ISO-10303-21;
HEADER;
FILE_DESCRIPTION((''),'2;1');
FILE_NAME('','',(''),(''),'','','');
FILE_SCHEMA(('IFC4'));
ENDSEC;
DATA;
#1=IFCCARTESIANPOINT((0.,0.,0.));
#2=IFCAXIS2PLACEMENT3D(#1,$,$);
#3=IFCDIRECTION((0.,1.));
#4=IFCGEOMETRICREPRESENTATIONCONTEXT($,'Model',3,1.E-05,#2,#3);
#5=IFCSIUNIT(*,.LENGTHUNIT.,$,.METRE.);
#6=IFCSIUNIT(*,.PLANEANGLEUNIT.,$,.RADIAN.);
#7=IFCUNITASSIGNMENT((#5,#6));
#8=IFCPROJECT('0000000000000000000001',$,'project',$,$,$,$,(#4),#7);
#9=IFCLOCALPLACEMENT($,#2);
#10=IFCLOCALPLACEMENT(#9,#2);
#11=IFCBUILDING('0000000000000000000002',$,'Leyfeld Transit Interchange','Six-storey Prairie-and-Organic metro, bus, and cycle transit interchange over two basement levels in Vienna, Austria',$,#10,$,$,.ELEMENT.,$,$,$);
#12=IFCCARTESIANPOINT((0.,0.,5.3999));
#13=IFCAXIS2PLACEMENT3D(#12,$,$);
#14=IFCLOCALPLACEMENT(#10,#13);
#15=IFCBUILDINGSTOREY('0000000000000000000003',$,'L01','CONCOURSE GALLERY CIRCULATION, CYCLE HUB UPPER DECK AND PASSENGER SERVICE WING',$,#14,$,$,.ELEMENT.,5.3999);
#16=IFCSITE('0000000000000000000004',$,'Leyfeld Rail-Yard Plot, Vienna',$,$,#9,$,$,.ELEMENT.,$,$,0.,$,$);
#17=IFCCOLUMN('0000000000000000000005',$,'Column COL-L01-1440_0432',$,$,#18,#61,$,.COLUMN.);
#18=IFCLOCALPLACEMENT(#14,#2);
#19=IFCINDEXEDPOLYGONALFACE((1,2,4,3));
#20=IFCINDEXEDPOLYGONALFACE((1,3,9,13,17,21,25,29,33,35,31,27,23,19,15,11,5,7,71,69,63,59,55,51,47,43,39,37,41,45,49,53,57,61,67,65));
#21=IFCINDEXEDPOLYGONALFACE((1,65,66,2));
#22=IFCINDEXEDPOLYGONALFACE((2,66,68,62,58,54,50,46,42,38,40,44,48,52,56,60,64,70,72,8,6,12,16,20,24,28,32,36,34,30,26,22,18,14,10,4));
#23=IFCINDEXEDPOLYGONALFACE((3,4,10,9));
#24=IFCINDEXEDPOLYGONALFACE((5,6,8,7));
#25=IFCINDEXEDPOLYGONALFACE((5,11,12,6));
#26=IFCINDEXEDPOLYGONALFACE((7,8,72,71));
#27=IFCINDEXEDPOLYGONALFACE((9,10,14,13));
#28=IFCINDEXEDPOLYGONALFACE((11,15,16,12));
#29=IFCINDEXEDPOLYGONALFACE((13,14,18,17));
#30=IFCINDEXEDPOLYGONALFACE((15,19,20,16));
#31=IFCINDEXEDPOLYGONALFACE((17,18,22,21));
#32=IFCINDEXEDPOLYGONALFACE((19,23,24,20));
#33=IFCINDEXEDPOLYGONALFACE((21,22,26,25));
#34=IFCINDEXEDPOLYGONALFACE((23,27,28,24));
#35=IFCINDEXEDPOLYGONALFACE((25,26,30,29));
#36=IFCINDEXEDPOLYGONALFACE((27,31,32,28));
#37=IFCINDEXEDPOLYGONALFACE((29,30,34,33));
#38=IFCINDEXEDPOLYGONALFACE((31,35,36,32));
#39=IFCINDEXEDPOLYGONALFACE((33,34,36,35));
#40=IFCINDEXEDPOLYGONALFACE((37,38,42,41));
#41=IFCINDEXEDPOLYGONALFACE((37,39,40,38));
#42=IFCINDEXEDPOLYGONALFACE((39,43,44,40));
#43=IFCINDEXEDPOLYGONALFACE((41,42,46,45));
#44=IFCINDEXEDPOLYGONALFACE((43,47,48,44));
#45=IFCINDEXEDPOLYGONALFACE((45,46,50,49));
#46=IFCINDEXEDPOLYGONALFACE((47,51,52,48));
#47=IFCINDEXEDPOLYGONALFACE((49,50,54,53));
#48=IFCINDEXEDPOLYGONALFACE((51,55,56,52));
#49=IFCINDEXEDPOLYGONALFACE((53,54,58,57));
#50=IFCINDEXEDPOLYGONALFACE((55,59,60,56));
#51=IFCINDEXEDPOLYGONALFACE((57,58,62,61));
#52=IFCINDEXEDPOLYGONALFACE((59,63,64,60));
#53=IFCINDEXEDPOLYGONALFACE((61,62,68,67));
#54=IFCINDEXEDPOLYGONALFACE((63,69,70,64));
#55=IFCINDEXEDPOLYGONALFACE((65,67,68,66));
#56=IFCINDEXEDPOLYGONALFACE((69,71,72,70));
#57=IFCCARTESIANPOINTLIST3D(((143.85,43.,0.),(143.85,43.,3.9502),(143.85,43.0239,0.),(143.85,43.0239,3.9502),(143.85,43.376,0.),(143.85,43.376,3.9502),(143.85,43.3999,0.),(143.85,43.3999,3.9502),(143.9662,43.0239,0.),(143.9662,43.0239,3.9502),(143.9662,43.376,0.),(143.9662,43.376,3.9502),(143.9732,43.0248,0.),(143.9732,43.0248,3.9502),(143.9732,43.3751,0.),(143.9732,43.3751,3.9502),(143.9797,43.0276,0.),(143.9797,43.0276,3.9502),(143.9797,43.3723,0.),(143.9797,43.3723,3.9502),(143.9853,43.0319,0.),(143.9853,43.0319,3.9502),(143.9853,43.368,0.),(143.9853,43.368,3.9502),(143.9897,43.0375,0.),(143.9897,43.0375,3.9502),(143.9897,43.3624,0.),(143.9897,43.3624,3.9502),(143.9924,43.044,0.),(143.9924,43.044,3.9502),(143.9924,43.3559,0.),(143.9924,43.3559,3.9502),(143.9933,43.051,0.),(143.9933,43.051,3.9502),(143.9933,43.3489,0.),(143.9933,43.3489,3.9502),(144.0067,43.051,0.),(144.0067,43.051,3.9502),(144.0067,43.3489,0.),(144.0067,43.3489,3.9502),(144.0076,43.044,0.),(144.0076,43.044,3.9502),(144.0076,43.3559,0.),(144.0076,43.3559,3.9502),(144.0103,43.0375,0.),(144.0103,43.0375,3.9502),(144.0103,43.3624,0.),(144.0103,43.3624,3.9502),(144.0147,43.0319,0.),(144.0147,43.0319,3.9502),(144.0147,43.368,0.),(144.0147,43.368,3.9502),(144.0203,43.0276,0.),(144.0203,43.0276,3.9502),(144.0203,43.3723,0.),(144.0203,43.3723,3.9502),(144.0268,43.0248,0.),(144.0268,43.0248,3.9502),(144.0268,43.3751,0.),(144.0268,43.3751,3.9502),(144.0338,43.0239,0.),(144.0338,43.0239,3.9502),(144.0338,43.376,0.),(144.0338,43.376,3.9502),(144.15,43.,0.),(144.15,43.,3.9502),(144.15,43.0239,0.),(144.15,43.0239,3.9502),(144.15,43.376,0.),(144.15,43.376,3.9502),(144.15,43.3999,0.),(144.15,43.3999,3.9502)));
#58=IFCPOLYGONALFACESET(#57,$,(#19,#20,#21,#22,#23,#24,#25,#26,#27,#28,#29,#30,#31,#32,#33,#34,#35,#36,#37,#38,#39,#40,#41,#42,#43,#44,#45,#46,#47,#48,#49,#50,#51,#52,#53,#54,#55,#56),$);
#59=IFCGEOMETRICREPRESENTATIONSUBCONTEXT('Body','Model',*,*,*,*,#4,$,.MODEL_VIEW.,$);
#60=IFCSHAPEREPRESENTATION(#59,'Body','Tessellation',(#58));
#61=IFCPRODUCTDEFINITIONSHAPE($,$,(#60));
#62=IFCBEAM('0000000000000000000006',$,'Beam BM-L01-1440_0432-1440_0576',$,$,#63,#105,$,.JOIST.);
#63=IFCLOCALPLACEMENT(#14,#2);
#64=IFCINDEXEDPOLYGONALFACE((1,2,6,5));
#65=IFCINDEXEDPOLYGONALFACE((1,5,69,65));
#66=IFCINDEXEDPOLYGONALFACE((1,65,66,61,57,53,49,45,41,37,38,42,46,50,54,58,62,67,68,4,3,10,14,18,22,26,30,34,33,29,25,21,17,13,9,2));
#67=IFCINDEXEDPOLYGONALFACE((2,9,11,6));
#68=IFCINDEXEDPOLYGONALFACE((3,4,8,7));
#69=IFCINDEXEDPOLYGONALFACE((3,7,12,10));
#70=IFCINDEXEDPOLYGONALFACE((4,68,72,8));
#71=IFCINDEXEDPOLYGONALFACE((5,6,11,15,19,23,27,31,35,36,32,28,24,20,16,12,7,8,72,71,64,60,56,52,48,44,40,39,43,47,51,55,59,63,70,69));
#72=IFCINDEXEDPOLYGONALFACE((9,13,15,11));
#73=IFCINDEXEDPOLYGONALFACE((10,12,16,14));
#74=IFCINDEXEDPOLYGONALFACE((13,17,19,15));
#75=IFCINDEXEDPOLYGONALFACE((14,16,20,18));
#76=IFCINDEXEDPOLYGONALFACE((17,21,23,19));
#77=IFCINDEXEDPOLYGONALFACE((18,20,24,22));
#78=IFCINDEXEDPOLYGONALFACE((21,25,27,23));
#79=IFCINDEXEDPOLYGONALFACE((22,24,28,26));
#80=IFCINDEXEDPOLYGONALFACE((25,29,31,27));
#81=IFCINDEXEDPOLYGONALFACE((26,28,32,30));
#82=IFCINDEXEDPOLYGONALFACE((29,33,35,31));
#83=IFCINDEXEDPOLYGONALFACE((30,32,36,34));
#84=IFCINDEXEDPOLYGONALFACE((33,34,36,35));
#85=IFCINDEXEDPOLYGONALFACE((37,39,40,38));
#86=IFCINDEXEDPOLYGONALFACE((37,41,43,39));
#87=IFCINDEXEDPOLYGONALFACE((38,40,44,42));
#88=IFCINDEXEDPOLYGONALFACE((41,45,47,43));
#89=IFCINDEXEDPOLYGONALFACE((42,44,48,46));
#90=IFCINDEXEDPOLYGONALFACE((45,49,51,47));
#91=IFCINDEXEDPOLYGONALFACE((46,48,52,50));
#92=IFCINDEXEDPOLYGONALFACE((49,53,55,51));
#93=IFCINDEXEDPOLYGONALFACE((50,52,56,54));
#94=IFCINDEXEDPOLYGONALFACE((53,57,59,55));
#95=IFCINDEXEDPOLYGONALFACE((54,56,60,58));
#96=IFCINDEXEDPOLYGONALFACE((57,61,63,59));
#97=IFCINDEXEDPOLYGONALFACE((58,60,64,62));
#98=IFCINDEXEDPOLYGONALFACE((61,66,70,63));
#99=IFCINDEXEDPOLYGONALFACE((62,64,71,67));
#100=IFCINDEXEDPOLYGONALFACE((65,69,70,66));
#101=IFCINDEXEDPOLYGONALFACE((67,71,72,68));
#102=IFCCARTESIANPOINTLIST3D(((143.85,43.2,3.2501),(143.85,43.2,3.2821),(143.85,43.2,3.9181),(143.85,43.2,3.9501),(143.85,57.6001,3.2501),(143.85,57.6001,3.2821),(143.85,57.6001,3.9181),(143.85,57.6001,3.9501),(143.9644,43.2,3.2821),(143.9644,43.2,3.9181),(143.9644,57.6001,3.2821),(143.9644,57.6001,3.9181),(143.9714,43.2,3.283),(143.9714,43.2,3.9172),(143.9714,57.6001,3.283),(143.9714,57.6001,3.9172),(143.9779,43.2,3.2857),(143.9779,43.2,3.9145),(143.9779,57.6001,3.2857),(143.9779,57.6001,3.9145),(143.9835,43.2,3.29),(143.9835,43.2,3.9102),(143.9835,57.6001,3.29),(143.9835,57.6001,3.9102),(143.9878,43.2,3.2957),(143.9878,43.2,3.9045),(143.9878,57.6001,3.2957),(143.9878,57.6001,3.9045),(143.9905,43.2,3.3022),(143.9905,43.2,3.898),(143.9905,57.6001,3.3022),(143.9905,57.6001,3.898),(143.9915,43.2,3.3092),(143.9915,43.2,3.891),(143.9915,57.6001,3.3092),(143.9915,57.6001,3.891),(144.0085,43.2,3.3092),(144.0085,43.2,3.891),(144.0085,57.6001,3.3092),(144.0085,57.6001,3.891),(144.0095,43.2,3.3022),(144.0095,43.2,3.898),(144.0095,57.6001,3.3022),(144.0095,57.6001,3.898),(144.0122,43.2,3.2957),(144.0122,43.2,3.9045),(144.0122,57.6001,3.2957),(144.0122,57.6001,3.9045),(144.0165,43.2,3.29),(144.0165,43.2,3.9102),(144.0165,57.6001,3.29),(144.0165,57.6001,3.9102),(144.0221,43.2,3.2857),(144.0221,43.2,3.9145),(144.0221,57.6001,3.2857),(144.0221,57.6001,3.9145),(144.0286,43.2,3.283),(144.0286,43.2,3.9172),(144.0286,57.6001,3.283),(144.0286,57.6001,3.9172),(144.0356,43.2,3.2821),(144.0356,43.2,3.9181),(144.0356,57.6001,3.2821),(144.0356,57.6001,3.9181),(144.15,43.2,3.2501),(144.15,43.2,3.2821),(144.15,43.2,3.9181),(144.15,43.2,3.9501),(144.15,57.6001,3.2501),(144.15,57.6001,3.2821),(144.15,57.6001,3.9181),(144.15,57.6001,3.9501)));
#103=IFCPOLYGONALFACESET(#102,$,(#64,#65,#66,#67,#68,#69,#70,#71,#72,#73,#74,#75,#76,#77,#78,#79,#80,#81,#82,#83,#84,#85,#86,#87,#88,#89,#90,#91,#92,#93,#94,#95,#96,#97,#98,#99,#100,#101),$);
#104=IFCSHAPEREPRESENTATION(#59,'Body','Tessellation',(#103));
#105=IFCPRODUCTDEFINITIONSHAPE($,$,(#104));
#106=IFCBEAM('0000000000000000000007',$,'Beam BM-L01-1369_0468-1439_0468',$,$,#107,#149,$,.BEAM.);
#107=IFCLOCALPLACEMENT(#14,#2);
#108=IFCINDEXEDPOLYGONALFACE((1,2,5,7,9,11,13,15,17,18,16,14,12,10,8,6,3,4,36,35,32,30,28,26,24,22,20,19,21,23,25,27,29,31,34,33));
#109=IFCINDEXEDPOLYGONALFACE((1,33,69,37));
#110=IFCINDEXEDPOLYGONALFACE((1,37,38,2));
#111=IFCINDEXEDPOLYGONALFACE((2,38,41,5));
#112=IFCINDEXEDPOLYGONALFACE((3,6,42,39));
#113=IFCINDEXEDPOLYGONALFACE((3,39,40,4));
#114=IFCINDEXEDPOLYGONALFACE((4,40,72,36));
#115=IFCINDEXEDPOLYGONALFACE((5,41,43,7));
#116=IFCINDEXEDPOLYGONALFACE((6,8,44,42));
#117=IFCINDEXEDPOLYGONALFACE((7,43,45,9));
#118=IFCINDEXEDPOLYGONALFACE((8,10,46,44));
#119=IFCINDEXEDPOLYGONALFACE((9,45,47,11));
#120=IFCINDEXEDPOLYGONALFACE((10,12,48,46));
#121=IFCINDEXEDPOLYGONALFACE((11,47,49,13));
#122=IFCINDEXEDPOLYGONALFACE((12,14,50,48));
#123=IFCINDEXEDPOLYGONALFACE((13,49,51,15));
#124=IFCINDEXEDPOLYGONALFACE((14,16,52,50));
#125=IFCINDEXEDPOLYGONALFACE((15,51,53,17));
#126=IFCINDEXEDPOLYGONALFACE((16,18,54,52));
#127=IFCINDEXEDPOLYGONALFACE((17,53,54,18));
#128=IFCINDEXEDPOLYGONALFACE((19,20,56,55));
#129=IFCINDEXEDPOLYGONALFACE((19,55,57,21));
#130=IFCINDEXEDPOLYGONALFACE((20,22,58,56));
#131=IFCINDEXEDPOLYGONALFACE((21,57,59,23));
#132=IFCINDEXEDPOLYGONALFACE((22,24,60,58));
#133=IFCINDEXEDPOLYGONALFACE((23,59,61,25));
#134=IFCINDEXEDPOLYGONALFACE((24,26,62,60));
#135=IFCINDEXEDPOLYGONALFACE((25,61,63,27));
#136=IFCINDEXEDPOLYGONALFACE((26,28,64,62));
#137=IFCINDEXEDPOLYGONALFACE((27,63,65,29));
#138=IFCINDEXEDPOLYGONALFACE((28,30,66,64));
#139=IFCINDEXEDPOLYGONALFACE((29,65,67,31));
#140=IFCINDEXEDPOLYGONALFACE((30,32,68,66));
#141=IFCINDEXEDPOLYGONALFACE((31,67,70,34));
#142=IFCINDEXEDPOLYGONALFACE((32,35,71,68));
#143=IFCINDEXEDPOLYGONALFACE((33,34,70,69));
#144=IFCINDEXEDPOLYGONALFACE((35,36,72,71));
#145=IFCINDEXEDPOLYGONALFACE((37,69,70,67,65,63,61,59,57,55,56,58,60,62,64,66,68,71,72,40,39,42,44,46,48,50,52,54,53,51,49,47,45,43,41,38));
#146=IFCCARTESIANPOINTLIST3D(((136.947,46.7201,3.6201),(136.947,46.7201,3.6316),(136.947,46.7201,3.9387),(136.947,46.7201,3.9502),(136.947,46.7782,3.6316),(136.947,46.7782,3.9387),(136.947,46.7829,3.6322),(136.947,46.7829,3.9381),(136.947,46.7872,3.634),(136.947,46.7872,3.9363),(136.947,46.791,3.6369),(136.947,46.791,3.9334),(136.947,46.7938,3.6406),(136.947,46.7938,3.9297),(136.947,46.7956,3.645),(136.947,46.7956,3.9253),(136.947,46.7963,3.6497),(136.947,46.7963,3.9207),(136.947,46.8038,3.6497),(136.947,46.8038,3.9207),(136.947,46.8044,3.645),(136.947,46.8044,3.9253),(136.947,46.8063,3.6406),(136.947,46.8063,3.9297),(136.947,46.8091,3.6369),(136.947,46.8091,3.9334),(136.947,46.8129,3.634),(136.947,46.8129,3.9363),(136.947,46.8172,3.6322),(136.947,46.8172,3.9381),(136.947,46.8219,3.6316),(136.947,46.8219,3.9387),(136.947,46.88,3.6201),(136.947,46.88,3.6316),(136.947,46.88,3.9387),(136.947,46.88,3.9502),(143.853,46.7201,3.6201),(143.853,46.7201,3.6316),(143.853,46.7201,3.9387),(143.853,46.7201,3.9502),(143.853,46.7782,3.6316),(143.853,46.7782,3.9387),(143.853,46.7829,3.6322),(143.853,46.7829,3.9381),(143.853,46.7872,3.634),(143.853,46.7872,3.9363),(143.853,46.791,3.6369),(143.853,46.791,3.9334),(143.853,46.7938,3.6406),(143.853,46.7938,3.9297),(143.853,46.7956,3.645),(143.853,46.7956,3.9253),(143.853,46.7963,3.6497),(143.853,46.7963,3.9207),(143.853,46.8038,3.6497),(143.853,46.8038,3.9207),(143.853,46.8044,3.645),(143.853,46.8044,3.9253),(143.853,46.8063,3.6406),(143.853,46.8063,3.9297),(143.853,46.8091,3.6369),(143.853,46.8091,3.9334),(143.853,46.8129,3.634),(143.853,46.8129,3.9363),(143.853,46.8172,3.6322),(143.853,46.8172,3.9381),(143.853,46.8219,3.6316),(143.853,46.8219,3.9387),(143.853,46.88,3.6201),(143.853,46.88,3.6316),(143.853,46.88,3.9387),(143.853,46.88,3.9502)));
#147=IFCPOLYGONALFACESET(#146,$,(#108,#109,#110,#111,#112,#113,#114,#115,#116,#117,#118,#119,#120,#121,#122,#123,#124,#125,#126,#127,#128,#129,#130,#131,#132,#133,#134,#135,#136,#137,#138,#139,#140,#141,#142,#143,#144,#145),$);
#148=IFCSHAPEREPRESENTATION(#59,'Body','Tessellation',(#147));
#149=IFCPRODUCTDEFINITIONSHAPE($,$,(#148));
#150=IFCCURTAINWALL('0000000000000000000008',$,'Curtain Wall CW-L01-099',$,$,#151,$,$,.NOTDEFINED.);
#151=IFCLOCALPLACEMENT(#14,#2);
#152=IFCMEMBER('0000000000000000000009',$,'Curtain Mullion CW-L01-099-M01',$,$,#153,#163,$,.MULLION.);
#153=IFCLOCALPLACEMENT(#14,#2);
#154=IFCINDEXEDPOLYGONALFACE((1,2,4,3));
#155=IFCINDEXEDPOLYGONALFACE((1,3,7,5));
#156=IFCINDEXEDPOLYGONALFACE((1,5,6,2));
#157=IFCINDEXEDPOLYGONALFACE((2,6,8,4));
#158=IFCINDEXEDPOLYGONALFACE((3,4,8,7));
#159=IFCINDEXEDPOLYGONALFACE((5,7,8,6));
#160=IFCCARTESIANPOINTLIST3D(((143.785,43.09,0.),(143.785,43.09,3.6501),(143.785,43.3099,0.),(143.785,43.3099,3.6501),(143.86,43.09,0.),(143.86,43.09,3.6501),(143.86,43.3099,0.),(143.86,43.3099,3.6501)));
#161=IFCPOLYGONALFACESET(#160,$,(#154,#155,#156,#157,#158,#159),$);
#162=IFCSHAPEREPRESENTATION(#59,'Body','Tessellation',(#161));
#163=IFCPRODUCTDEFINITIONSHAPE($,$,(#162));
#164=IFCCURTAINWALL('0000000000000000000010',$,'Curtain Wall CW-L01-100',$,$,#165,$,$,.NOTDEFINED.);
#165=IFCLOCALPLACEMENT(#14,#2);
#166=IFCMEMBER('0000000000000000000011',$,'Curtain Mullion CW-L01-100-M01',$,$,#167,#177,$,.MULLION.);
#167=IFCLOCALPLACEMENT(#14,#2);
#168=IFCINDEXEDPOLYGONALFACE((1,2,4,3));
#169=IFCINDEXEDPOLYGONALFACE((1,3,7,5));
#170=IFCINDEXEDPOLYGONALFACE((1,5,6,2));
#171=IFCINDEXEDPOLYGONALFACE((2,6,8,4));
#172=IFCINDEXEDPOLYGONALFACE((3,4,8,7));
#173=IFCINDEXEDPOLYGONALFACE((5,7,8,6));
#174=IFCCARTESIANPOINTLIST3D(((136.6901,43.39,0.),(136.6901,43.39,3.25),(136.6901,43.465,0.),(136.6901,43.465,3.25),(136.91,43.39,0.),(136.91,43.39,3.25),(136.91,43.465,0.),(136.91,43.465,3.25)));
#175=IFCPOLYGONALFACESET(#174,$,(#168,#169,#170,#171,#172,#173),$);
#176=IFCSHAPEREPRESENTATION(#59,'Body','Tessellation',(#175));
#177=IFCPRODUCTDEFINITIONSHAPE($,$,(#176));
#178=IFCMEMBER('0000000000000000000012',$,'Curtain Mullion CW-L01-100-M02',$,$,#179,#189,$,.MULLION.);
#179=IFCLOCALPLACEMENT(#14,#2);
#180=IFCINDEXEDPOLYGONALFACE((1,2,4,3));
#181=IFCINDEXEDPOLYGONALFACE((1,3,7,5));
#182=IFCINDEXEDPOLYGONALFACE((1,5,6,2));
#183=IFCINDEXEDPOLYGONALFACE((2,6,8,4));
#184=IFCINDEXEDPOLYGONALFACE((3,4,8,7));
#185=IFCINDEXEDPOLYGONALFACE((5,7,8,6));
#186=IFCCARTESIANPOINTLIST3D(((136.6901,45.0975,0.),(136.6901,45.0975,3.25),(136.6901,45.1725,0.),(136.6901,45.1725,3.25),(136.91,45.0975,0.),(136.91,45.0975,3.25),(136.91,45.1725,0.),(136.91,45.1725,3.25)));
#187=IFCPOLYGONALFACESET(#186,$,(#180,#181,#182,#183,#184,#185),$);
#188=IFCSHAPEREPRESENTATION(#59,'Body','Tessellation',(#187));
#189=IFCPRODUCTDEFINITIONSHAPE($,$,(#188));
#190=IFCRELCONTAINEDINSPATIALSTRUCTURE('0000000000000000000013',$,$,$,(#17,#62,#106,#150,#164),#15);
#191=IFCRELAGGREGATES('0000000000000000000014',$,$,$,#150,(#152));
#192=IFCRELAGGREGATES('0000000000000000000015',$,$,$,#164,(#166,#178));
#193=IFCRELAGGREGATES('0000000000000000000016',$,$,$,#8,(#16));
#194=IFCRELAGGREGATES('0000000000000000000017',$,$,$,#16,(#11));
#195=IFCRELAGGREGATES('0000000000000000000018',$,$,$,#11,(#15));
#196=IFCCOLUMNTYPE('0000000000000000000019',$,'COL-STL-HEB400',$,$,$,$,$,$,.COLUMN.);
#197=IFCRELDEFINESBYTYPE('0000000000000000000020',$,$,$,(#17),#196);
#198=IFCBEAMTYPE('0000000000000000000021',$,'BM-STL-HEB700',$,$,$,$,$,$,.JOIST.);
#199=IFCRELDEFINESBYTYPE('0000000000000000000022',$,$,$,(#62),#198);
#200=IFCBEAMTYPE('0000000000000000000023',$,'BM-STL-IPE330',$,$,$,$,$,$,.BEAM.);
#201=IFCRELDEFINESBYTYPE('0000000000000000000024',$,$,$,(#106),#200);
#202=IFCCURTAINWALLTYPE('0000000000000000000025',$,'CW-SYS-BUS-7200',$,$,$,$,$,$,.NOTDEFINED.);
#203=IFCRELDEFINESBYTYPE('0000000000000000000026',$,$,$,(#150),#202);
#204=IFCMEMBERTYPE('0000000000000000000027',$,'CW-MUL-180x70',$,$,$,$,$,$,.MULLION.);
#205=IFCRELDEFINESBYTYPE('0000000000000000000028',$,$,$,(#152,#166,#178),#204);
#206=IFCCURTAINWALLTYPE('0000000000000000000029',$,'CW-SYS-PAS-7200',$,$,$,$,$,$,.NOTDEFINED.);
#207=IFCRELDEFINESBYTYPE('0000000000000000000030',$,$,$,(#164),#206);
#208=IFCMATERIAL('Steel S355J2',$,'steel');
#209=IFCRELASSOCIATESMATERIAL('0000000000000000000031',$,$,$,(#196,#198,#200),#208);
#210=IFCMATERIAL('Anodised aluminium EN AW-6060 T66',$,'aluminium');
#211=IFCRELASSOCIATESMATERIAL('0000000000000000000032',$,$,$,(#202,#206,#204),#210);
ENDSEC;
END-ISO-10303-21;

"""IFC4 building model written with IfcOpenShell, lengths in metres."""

from ifc_helpers import new_model, si_unit, direction, frame, origin, origin_2d, place, context, subcontext, project, spatial, rectangle, i_section, extrude, material, material_profile, profile_set, type_object, element, aggregate, save


model = new_model("IFC4")

# Units and contexts
model_context = context("Model", 3, precision=1e-05, world=origin(), true_north=direction((0.0, 1.0)))
body_context = subcontext(model_context, "Body", "Model", "MODEL_VIEW")
ifc_project = project(units=[si_unit("LENGTHUNIT", "METRE"), si_unit("PLANEANGLEUNIT", "RADIAN")], contexts=[model_context])

# Site, building, storey
site_placement = place(None, origin())
site = spatial("IfcSite", under=ifc_project, at=site_placement, Name="Leyfeld Rail-Yard Plot, Vienna", CompositionType="ELEMENT", RefElevation=0.0)
building_placement = place(site_placement, origin())
building = spatial("IfcBuilding", under=site, at=building_placement, Name="Leyfeld Transit Interchange", Description="Six-storey Prairie-and-Organic metro, bus, and cycle transit interchange over two basement levels in Vienna, Austria", CompositionType="ELEMENT")
storey_placement = place(building_placement, frame((0.0, 0.0, 5.3999)))
storey = spatial("IfcBuildingStorey", under=building, at=storey_placement, Name="L01", Description="CONCOURSE GALLERY CIRCULATION, CYCLE HUB UPPER DECK AND PASSENGER SERVICE WING", CompositionType="ELEMENT", Elevation=5.3999)

# Column
ifc_material_1 = material(Name="Steel S355J2", Category="steel")
ifc_material_profile_1 = material_profile(ifc_material_1, i_section(OverallWidth=0.3, OverallDepth=0.3999, WebThickness=0.0134, FlangeThickness=0.0239, FilletRadius=0.0271, at=origin_2d()), Name="HEB 400")
ifc_profile_set_1 = profile_set([ifc_material_profile_1], Name="Steel S355J2")
column_type = type_object("IfcColumnType", Name="COL-STL-HEB400", PredefinedType="COLUMN", material=ifc_profile_set_1)
column_placement = place(storey_placement, frame((144.0, 43.2, 0.0), z_axis=(0.0, 0.0, 1.0), x_axis=(1.0, 0.0, 0.0)))
element("IfcColumn", 1, at=column_placement, inside=storey, type_object=column_type, Name="Column COL-L01-1440_0432", PredefinedType="COLUMN", context=body_context, shape_type="SweptSolid", body=[
    extrude(i_section(OverallWidth=0.3, OverallDepth=0.3999, WebThickness=0.0134, FlangeThickness=0.0239, FilletRadius=0.0271, at=origin_2d()), origin(), (0.0, 0.0, 1.0), 3.9502),
])

# Beams
ifc_material_profile_2 = material_profile(ifc_material_1, i_section(OverallWidth=0.3, OverallDepth=0.7, WebThickness=0.0171, FlangeThickness=0.032, FilletRadius=0.0271, at=origin_2d()), Name="HEB 700")
ifc_profile_set_2 = profile_set([ifc_material_profile_2], Name="Steel S355J2")
beam_type_1 = type_object("IfcBeamType", Name="BM-STL-HEB700", PredefinedType="JOIST", material=ifc_profile_set_2)
beam_1_placement = place(storey_placement, frame((144.0, 43.2, 3.6001), z_axis=(0.0, 1.0, 0.0), x_axis=(-1.0, 0.0, 0.0)))
element("IfcBeam", 2, at=beam_1_placement, inside=storey, type_object=beam_type_1, Name="Beam BM-L01-1440_0432-1440_0576", PredefinedType="JOIST", context=body_context, shape_type="SweptSolid", body=[
    extrude(i_section(OverallWidth=0.3, OverallDepth=0.7, WebThickness=0.0171, FlangeThickness=0.032, FilletRadius=0.0271, at=origin_2d()), origin(), (0.0, 0.0, 1.0), 14.4001),
])
ifc_material_profile_3 = material_profile(ifc_material_1, i_section(OverallWidth=0.1599, OverallDepth=0.3301, WebThickness=0.0076, FlangeThickness=0.0115, FilletRadius=0.0181, at=origin_2d()), Name="IPE 330")
ifc_profile_set_3 = profile_set([ifc_material_profile_3], Name="Steel S355J2")
beam_type_2 = type_object("IfcBeamType", Name="BM-STL-IPE330", PredefinedType="BEAM", material=ifc_profile_set_3)
beam_2_placement = place(storey_placement, frame((136.947, 46.8, 3.7852), z_axis=(1.0, 0.0, 0.0), x_axis=(0.0, 1.0, 0.0)))
element("IfcBeam", 3, at=beam_2_placement, inside=storey, type_object=beam_type_2, Name="Beam BM-L01-1369_0468-1439_0468", PredefinedType="BEAM", context=body_context, shape_type="SweptSolid", body=[
    extrude(i_section(OverallWidth=0.1599, OverallDepth=0.3301, WebThickness=0.0076, FlangeThickness=0.0115, FilletRadius=0.0181, at=origin_2d()), origin(), (0.0, 0.0, 1.0), 6.906),
])

# Curtain wall, member
ifc_material_2 = material(Name="Anodised aluminium EN AW-6060 T66", Category="aluminium")
curtain_wall_type_1 = type_object("IfcCurtainWallType", Name="CW-SYS-BUS-7200", PredefinedType="NOTDEFINED", material=ifc_material_2)
curtain_wall_1_placement = place(storey_placement, origin())
curtain_wall_1 = element("IfcCurtainWall", 4, at=curtain_wall_1_placement, inside=storey, type_object=curtain_wall_type_1, Name="Curtain Wall CW-L01-099", PredefinedType="NOTDEFINED")
ifc_material_profile_4 = material_profile(ifc_material_2, rectangle(XDim=0.075, YDim=0.22, at=origin_2d()), Name="CW-M 75x220")
ifc_profile_set_4 = profile_set([ifc_material_profile_4], Name="Anodised aluminium EN AW-6060 T66")
member_type_1 = type_object("IfcMemberType", Name="CW-MUL-180x70", PredefinedType="MULLION", material=ifc_profile_set_4)
member_1_placement = place(storey_placement, frame((143.8225, 43.2, 0.0), z_axis=(0.0, 0.0, 1.0), x_axis=(-1.0, 0.0, 0.0)))
member_1 = element("IfcMember", 5, at=member_1_placement, type_object=member_type_1, Name="Curtain Mullion CW-L01-099-M01", PredefinedType="MULLION", context=body_context, shape_type="SweptSolid", body=[
    extrude(rectangle(XDim=0.075, YDim=0.22, at=origin_2d()), origin(), (0.0, 0.0, 1.0), 3.6501),
])

# Curtain wall, members
curtain_wall_type_2 = type_object("IfcCurtainWallType", Name="CW-SYS-PAS-7200", PredefinedType="NOTDEFINED", material=ifc_material_2)
curtain_wall_2_placement = place(storey_placement, origin())
curtain_wall_2 = element("IfcCurtainWall", 6, at=curtain_wall_2_placement, inside=storey, type_object=curtain_wall_type_2, Name="Curtain Wall CW-L01-100", PredefinedType="NOTDEFINED")
member_2_placement = place(storey_placement, frame((136.8, 43.4275, 0.0), z_axis=(0.0, 0.0, 1.0), x_axis=(0.0, 1.0, 0.0)))
member_2 = element("IfcMember", 7, at=member_2_placement, type_object=member_type_1, Name="Curtain Mullion CW-L01-100-M01", PredefinedType="MULLION", context=body_context, shape_type="SweptSolid", body=[
    extrude(rectangle(XDim=0.075, YDim=0.22, at=origin_2d()), origin(), (0.0, 0.0, 1.0), 3.25),
])
member_3_placement = place(storey_placement, frame((136.8, 45.135, 0.0), z_axis=(0.0, 0.0, 1.0), x_axis=(0.0, 1.0, 0.0)))
member_3 = element("IfcMember", 8, at=member_3_placement, type_object=member_type_1, Name="Curtain Mullion CW-L01-100-M02", PredefinedType="MULLION", context=body_context, shape_type="SweptSolid", body=[
    extrude(rectangle(XDim=0.075, YDim=0.22, at=origin_2d()), origin(), (0.0, 0.0, 1.0), 3.25),
])

aggregate(curtain_wall_1, [member_1])
aggregate(curtain_wall_2, [member_2, member_3])

save(model, "model.ifc")
